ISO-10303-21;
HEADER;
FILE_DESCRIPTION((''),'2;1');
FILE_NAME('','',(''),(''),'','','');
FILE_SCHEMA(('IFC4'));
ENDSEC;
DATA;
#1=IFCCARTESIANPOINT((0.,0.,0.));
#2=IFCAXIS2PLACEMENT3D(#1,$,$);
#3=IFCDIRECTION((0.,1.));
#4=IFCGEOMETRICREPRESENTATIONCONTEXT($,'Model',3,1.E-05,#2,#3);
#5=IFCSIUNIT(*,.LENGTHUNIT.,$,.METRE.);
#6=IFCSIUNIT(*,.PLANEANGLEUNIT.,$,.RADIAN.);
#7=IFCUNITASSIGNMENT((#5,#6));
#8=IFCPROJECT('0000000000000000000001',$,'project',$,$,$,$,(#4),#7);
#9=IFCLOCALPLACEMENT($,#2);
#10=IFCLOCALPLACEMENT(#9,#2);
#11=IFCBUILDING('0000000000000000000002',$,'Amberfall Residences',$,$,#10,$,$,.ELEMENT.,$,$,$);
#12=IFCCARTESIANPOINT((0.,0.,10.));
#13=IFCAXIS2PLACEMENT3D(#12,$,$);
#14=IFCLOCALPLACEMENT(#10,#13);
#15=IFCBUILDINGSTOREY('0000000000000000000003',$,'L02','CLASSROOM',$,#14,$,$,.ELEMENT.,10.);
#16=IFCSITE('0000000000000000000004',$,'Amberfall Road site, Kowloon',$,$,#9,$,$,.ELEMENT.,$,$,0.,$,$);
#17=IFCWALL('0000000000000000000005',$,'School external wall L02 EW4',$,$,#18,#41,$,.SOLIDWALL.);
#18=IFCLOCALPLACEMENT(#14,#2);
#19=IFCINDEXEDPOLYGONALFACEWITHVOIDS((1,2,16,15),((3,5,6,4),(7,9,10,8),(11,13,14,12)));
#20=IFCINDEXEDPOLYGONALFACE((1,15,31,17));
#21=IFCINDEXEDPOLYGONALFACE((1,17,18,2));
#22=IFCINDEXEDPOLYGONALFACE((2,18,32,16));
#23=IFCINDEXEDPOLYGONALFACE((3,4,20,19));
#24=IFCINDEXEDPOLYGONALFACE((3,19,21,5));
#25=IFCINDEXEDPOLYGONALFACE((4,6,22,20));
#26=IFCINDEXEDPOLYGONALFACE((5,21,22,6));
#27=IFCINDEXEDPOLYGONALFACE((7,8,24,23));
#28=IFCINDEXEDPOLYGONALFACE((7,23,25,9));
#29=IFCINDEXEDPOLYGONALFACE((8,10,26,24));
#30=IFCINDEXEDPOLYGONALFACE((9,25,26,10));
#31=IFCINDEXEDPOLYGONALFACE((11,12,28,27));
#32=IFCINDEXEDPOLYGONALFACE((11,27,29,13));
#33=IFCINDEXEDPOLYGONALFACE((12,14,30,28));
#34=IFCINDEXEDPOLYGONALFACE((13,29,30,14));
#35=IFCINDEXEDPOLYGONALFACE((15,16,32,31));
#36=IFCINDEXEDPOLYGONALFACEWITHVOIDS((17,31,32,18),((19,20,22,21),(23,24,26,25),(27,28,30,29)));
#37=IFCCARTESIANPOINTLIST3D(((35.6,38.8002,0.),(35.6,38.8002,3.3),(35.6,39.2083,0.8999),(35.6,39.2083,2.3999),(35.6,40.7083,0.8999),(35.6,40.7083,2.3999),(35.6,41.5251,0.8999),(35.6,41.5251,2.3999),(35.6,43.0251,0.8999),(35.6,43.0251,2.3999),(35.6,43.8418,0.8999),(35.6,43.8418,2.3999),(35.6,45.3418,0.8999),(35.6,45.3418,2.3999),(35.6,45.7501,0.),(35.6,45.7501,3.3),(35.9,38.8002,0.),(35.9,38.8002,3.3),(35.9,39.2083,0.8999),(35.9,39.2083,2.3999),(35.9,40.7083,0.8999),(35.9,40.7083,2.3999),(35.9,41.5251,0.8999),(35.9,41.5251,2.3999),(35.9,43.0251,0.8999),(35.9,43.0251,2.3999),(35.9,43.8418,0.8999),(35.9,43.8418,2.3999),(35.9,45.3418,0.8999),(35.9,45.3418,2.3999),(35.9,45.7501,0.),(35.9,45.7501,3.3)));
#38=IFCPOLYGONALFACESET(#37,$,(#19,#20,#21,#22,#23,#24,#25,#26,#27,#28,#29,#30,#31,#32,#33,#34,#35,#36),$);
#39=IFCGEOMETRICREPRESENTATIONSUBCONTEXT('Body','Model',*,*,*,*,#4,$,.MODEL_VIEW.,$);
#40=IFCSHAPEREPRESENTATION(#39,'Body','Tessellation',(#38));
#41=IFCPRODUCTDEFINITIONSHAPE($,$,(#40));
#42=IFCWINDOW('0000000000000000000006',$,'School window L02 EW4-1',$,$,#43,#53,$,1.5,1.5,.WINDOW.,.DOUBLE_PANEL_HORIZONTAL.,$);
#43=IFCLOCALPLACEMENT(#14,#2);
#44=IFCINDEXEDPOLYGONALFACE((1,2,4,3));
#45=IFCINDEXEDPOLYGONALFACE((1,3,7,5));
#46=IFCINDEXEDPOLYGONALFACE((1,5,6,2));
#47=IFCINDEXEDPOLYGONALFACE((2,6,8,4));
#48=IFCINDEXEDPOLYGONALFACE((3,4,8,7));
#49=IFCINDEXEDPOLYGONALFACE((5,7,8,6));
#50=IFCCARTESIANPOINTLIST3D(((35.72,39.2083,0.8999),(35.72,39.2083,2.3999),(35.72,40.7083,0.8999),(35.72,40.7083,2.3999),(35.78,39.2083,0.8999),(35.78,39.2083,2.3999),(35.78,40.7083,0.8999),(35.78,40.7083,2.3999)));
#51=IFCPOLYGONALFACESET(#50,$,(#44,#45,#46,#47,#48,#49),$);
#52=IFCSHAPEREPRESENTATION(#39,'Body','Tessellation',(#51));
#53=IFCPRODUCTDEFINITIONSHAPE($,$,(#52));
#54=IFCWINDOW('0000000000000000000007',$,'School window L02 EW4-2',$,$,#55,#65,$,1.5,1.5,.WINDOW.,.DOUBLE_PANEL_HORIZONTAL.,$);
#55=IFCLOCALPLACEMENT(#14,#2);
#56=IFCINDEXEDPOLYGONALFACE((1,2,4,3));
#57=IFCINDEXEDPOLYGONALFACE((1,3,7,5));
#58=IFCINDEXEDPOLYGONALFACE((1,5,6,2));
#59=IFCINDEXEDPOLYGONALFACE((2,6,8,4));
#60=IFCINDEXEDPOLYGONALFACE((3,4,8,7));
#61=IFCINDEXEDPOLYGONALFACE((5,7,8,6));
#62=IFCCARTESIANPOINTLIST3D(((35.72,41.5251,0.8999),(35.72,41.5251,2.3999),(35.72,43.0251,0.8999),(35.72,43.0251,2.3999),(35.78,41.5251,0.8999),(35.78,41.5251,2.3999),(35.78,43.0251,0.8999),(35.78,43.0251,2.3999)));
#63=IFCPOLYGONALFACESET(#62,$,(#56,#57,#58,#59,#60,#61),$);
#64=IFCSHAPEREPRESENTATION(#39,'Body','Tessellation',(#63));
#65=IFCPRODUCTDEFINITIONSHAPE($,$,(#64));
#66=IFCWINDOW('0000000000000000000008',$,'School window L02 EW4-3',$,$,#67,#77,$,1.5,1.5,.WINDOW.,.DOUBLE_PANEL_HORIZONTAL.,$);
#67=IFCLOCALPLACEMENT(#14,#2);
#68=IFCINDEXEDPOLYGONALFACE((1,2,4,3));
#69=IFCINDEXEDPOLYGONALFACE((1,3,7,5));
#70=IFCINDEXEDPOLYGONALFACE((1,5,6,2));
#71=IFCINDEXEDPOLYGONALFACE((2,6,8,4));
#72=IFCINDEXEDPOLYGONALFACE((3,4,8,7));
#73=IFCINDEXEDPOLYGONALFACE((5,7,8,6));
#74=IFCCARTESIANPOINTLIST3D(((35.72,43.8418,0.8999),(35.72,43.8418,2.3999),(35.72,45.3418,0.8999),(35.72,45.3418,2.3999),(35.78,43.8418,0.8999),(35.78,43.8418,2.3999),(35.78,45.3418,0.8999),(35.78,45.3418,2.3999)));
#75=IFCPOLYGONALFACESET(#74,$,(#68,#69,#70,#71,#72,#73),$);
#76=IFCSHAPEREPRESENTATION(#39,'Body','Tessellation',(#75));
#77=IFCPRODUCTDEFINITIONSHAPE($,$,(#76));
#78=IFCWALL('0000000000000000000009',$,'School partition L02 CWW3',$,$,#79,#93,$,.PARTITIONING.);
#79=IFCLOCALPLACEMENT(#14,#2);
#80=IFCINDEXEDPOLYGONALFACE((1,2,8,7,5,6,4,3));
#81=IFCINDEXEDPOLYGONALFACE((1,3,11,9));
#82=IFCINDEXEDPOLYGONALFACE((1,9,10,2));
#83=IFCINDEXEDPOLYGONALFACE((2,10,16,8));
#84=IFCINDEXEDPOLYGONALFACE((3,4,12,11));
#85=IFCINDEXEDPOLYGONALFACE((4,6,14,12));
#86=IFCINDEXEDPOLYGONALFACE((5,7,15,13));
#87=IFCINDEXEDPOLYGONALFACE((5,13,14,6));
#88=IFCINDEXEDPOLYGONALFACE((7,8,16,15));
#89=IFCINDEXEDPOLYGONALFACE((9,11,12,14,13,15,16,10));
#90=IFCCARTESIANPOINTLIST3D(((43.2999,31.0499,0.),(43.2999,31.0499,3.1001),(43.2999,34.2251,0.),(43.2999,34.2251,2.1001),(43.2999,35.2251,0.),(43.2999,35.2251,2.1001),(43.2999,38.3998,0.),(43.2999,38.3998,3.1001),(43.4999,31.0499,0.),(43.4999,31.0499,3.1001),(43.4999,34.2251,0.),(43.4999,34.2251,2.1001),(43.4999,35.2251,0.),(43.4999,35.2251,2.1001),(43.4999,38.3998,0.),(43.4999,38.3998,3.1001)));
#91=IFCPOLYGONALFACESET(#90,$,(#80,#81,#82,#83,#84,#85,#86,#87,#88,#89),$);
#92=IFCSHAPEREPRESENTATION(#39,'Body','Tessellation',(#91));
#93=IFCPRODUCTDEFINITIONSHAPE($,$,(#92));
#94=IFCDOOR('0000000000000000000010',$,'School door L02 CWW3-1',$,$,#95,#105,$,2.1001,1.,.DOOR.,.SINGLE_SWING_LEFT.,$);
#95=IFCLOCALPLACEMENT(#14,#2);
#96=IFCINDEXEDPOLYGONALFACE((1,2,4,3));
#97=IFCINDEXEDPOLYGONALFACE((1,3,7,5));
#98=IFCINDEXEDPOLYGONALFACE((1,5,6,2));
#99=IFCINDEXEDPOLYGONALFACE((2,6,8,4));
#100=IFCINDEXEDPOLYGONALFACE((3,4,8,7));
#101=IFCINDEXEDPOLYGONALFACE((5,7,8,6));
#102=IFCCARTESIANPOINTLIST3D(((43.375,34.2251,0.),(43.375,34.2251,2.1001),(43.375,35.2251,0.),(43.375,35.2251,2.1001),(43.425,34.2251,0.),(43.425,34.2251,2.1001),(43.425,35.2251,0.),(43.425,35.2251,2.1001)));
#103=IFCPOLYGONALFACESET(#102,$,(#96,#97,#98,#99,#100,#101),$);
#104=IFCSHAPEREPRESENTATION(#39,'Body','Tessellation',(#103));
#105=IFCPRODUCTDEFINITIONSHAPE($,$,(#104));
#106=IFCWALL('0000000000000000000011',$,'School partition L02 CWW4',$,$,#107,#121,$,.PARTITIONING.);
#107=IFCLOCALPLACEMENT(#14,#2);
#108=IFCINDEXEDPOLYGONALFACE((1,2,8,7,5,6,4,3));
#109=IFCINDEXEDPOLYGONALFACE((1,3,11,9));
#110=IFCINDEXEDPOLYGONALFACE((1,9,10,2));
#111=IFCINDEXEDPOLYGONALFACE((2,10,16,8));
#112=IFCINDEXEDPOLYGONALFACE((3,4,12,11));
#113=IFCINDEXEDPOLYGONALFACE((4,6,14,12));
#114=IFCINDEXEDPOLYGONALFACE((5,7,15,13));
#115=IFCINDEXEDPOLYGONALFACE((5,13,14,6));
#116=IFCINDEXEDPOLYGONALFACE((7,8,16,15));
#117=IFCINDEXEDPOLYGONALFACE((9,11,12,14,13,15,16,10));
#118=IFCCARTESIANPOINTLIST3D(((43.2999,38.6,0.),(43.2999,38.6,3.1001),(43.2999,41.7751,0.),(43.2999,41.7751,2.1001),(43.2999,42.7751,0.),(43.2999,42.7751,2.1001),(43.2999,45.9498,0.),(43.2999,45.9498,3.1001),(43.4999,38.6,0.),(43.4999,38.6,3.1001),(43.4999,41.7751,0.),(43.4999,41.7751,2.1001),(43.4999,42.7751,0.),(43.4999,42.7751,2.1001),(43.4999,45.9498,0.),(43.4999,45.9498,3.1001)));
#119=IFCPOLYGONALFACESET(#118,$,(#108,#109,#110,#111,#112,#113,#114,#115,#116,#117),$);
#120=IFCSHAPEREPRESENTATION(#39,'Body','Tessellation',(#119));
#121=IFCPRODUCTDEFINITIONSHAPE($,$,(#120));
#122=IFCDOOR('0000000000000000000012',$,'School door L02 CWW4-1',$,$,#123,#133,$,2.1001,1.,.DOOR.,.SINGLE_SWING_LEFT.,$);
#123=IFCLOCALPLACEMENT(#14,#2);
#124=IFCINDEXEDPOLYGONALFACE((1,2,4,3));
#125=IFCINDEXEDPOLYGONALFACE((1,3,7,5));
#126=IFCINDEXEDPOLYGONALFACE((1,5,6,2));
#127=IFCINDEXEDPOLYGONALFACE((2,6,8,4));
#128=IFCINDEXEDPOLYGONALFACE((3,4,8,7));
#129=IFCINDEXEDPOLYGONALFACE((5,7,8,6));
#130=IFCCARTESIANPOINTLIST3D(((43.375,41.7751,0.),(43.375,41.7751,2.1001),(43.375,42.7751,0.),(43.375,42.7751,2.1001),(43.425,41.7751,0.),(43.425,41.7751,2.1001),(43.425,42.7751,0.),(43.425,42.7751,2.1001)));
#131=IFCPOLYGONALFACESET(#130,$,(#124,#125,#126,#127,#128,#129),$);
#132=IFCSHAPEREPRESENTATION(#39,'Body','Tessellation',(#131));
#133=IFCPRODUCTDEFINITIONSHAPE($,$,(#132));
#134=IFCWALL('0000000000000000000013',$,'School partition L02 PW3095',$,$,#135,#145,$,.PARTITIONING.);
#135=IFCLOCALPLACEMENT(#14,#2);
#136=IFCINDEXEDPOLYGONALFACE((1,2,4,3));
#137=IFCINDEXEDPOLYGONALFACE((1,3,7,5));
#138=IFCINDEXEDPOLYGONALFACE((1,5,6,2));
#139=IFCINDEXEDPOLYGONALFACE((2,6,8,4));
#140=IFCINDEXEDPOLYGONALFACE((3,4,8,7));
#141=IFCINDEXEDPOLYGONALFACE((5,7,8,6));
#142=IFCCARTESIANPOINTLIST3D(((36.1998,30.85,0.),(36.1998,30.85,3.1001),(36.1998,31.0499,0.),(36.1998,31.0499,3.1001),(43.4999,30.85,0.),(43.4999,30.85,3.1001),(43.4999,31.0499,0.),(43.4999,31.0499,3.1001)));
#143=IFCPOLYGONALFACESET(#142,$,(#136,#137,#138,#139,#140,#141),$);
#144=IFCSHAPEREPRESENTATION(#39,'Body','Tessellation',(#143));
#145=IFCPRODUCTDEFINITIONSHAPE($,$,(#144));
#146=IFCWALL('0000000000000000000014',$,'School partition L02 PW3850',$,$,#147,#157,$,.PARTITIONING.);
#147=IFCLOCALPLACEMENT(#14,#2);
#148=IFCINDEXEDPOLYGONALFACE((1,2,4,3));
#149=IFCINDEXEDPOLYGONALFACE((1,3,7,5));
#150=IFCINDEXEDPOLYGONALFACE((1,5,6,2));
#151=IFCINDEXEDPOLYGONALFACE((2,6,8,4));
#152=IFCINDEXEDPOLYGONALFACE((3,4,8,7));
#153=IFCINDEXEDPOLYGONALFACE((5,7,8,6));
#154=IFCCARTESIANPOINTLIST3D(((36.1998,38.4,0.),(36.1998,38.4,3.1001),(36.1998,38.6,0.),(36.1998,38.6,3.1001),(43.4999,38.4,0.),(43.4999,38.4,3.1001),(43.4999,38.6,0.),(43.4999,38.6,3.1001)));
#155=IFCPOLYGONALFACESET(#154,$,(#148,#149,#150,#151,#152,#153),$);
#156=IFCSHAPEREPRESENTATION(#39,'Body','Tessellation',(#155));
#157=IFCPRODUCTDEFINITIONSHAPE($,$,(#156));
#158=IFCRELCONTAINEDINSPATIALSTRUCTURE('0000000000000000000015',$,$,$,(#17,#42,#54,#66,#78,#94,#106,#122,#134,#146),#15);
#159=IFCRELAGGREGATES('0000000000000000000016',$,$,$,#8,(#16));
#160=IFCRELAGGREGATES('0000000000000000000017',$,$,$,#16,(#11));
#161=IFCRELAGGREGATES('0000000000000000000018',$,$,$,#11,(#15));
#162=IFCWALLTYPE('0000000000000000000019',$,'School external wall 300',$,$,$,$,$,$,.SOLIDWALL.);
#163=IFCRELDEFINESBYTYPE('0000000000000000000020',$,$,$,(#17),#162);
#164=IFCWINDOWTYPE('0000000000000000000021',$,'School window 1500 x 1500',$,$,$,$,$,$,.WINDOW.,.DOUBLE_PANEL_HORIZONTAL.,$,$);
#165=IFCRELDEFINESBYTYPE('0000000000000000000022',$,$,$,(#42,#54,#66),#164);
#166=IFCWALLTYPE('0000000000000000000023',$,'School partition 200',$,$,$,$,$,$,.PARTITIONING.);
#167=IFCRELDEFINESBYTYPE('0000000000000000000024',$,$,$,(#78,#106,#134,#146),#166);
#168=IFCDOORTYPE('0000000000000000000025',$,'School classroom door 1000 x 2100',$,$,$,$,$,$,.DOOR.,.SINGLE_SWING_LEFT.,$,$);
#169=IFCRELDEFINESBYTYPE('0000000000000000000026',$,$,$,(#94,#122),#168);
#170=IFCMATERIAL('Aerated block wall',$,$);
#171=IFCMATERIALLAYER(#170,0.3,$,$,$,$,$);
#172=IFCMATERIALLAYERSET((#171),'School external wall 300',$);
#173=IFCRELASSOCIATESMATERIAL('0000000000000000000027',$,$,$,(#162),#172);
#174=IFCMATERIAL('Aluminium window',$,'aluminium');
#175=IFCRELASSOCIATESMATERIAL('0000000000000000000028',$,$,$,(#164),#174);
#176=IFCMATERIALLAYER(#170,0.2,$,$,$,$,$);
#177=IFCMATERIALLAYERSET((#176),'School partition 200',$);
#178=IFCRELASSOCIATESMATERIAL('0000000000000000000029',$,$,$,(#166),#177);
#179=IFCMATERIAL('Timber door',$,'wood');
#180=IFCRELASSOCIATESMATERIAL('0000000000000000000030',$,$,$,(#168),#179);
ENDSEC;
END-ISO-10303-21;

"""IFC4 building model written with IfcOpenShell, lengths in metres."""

from ifc_helpers import new_model, si_unit, direction, frame, frame_2d, origin, place, context, subcontext, project, spatial, rectangle, extrude, material, layer, layer_set, type_object, element, fill, save


model = new_model("IFC4")

# Units and contexts
model_context = context("Model", 3, precision=1e-05, world=origin(), true_north=direction((0.0, 1.0)))
body_context = subcontext(model_context, "Body", "Model", "MODEL_VIEW")
ifc_project = project(units=[si_unit("LENGTHUNIT", "METRE"), si_unit("PLANEANGLEUNIT", "RADIAN")], contexts=[model_context])

# Site, building, storey
site_placement = place(None, origin())
site = spatial("IfcSite", under=ifc_project, at=site_placement, Name="Amberfall Road site, Kowloon", CompositionType="ELEMENT", RefElevation=0.0)
building_placement = place(site_placement, origin())
building = spatial("IfcBuilding", under=site, at=building_placement, Name="Amberfall Residences", CompositionType="ELEMENT")
storey_placement = place(building_placement, frame((0.0, 0.0, 10.0)))
storey = spatial("IfcBuildingStorey", under=building, at=storey_placement, Name="L02", Description="CLASSROOM", CompositionType="ELEMENT", Elevation=10.0)

# Wall, openings, windows
ifc_material_1 = material(Name="Aerated block wall")
ifc_layer_1 = layer(ifc_material_1, 0.3)
ifc_layer_set_1 = layer_set([ifc_layer_1], Name="School external wall 300")
wall_type_1 = type_object("IfcWallType", Name="School external wall 300", PredefinedType="SOLIDWALL", material=ifc_layer_set_1)
ifc_material_2 = material(Name="Aluminium window", Category="aluminium")
window_type = type_object("IfcWindowType", Name="School window 1500 x 1500", PartitioningType="DOUBLE_PANEL_HORIZONTAL", PredefinedType="WINDOW", material=ifc_material_2)
wall_1_placement = place(storey_placement, frame((35.75, 38.8, 0.0), z_axis=(0.0, 0.0, 1.0), x_axis=(0.0, 1.0, 0.0)))
wall_1 = element("IfcWall", 1, at=wall_1_placement, inside=storey, type_object=wall_type_1, Name="School external wall L02 EW4", PredefinedType="SOLIDWALL", context=body_context, shape_type="SweptSolid", body=[
    extrude(rectangle(XDim=6.95, YDim=0.3, at=frame_2d((3.4751, 0.0))), origin(), (0.0, 0.0, 1.0), 3.3),
])
opening_1_placement = place(wall_1_placement, frame((0.4082, 0.0, 0.8999)))
opening_1 = element("IfcOpeningElement", 2, at=opening_1_placement, cuts=wall_1, PredefinedType="OPENING", context=body_context, shape_type="SweptSolid", body=[
    extrude(rectangle(XDim=1.5, YDim=1.5, at=frame_2d((0.75, 0.75))), frame((0.0, 0.1599, 0.0), z_axis=(0.0, -1.0, 0.0), x_axis=(1.0, 0.0, 0.0)), (0.0, 0.0, 1.0), 0.3201),
])
opening_2_placement = place(wall_1_placement, frame((2.7251, 0.0, 0.8999)))
opening_2 = element("IfcOpeningElement", 3, at=opening_2_placement, cuts=wall_1, PredefinedType="OPENING", context=body_context, shape_type="SweptSolid", body=[
    extrude(rectangle(XDim=1.5, YDim=1.5, at=frame_2d((0.75, 0.75))), frame((0.0, 0.1599, 0.0), z_axis=(0.0, -1.0, 0.0), x_axis=(1.0, 0.0, 0.0)), (0.0, 0.0, 1.0), 0.3201),
])
opening_3_placement = place(wall_1_placement, frame((5.0417, 0.0, 0.8999)))
opening_3 = element("IfcOpeningElement", 4, at=opening_3_placement, cuts=wall_1, PredefinedType="OPENING", context=body_context, shape_type="SweptSolid", body=[
    extrude(rectangle(XDim=1.5, YDim=1.5, at=frame_2d((0.75, 0.75))), frame((0.0, 0.1599, 0.0), z_axis=(0.0, -1.0, 0.0), x_axis=(1.0, 0.0, 0.0)), (0.0, 0.0, 1.0), 0.3201),
])
window_1_placement = place(opening_1_placement, origin())
window_1 = element("IfcWindow", 5, at=window_1_placement, inside=storey, type_object=window_type, Name="School window L02 EW4-1", OverallHeight=1.5, OverallWidth=1.5, PartitioningType="DOUBLE_PANEL_HORIZONTAL", PredefinedType="WINDOW", context=body_context, shape_type="SweptSolid", body=[
    extrude(rectangle(XDim=1.5, YDim=1.5, at=frame_2d((0.75, 0.75))), frame((0.0, 0.03, 0.0), z_axis=(0.0, -1.0, 0.0), x_axis=(1.0, 0.0, 0.0)), (0.0, 0.0, 1.0), 0.0601),
])
fill(opening_1, window_1)
window_2_placement = place(opening_2_placement, origin())
window_2 = element("IfcWindow", 6, at=window_2_placement, inside=storey, type_object=window_type, Name="School window L02 EW4-2", OverallHeight=1.5, OverallWidth=1.5, PartitioningType="DOUBLE_PANEL_HORIZONTAL", PredefinedType="WINDOW", context=body_context, shape_type="SweptSolid", body=[
    extrude(rectangle(XDim=1.5, YDim=1.5, at=frame_2d((0.75, 0.75))), frame((0.0, 0.03, 0.0), z_axis=(0.0, -1.0, 0.0), x_axis=(1.0, 0.0, 0.0)), (0.0, 0.0, 1.0), 0.0601),
])
fill(opening_2, window_2)
window_3_placement = place(opening_3_placement, origin())
window_3 = element("IfcWindow", 7, at=window_3_placement, inside=storey, type_object=window_type, Name="School window L02 EW4-3", OverallHeight=1.5, OverallWidth=1.5, PartitioningType="DOUBLE_PANEL_HORIZONTAL", PredefinedType="WINDOW", context=body_context, shape_type="SweptSolid", body=[
    extrude(rectangle(XDim=1.5, YDim=1.5, at=frame_2d((0.75, 0.75))), frame((0.0, 0.03, 0.0), z_axis=(0.0, -1.0, 0.0), x_axis=(1.0, 0.0, 0.0)), (0.0, 0.0, 1.0), 0.0601),
])
fill(opening_3, window_3)

# Walls, openings, doors
ifc_layer_2 = layer(ifc_material_1, 0.2)
ifc_layer_set_2 = layer_set([ifc_layer_2], Name="School partition 200")
wall_type_2 = type_object("IfcWallType", Name="School partition 200", PredefinedType="PARTITIONING", material=ifc_layer_set_2)
wall_2_placement = place(storey_placement, frame((43.3999, 31.05, 0.0), z_axis=(0.0, 0.0, 1.0), x_axis=(0.0, 1.0, 0.0)))
wall_2 = element("IfcWall", 8, at=wall_2_placement, inside=storey, type_object=wall_type_2, Name="School partition L02 CWW3", PredefinedType="PARTITIONING", context=body_context, shape_type="SweptSolid", body=[
    extrude(rectangle(XDim=7.3499, YDim=0.2, at=frame_2d((3.6748, 0.0))), origin(), (0.0, 0.0, 1.0), 3.1001),
])
opening_4_placement = place(wall_2_placement, frame((3.175, 0.0, 0.0)))
opening_4 = element("IfcOpeningElement", 9, at=opening_4_placement, cuts=wall_2, PredefinedType="OPENING", context=body_context, shape_type="SweptSolid", body=[
    extrude(rectangle(XDim=1.0, YDim=2.1001, at=frame_2d((0.5, 1.05))), frame((0.0, 0.1099, 0.0), z_axis=(0.0, -1.0, 0.0), x_axis=(1.0, 0.0, 0.0)), (0.0, 0.0, 1.0), 0.22),
])
ifc_material_3 = material(Name="Timber door", Category="wood")
door_type_1 = type_object("IfcDoorType", Name="School classroom door 1000 x 2100", OperationType="SINGLE_SWING_LEFT", PredefinedType="DOOR", material=ifc_material_3)
door_1_placement = place(opening_4_placement, origin())
door_1 = element("IfcDoor", 10, at=door_1_placement, inside=storey, type_object=door_type_1, Name="School door L02 CWW3-1", OperationType="SINGLE_SWING_LEFT", OverallHeight=2.1001, OverallWidth=1.0, PredefinedType="DOOR", context=body_context, shape_type="SweptSolid", body=[
    extrude(rectangle(XDim=1.0, YDim=2.1001, at=frame_2d((0.5, 1.05))), frame((0.0, 0.0249, 0.0), z_axis=(0.0, -1.0, 0.0), x_axis=(1.0, 0.0, 0.0)), (0.0, 0.0, 1.0), 0.05),
])
fill(opening_4, door_1)
wall_3_placement = place(storey_placement, frame((43.3999, 38.6001, 0.0), z_axis=(0.0, 0.0, 1.0), x_axis=(0.0, 1.0, 0.0)))
wall_3 = element("IfcWall", 11, at=wall_3_placement, inside=storey, type_object=wall_type_2, Name="School partition L02 CWW4", PredefinedType="PARTITIONING", context=body_context, shape_type="SweptSolid", body=[
    extrude(rectangle(XDim=7.3499, YDim=0.2, at=frame_2d((3.6748, 0.0))), origin(), (0.0, 0.0, 1.0), 3.1001),
])
opening_5_placement = place(wall_3_placement, frame((3.175, 0.0, 0.0)))
opening_5 = element("IfcOpeningElement", 12, at=opening_5_placement, cuts=wall_3, PredefinedType="OPENING", context=body_context, shape_type="SweptSolid", body=[
    extrude(rectangle(XDim=1.0, YDim=2.1001, at=frame_2d((0.5, 1.05))), frame((0.0, 0.1099, 0.0), z_axis=(0.0, -1.0, 0.0), x_axis=(1.0, 0.0, 0.0)), (0.0, 0.0, 1.0), 0.22),
])
door_2_placement = place(opening_5_placement, origin())
door_2 = element("IfcDoor", 13, at=door_2_placement, inside=storey, type_object=door_type_1, Name="School door L02 CWW4-1", OperationType="SINGLE_SWING_LEFT", OverallHeight=2.1001, OverallWidth=1.0, PredefinedType="DOOR", context=body_context, shape_type="SweptSolid", body=[
    extrude(rectangle(XDim=1.0, YDim=2.1001, at=frame_2d((0.5, 1.05))), frame((0.0, 0.0249, 0.0), z_axis=(0.0, -1.0, 0.0), x_axis=(1.0, 0.0, 0.0)), (0.0, 0.0, 1.0), 0.05),
])
fill(opening_5, door_2)

# Walls
for number, where, z_axis, x_axis, name in (
    (14, (36.2, 30.95, 0.0), (0.0, 0.0, 1.0), (1.0, 0.0, 0.0), "School partition L02 PW3095"),
    (15, (36.2, 38.5, 0.0), (0.0, 0.0, 1.0), (1.0, 0.0, 0.0), "School partition L02 PW3850"),
):
    element("IfcWall", number, at=place(storey_placement, frame(where, z_axis=z_axis, x_axis=x_axis)), inside=storey, type_object=wall_type_2, Name=name, PredefinedType="PARTITIONING", context=body_context, shape_type="SweptSolid", body=[
        extrude(rectangle(XDim=7.3, YDim=0.2, at=frame_2d((3.6499, 0.0))), origin(), (0.0, 0.0, 1.0), 3.1001),
    ])

save(model, "model.ifc")
